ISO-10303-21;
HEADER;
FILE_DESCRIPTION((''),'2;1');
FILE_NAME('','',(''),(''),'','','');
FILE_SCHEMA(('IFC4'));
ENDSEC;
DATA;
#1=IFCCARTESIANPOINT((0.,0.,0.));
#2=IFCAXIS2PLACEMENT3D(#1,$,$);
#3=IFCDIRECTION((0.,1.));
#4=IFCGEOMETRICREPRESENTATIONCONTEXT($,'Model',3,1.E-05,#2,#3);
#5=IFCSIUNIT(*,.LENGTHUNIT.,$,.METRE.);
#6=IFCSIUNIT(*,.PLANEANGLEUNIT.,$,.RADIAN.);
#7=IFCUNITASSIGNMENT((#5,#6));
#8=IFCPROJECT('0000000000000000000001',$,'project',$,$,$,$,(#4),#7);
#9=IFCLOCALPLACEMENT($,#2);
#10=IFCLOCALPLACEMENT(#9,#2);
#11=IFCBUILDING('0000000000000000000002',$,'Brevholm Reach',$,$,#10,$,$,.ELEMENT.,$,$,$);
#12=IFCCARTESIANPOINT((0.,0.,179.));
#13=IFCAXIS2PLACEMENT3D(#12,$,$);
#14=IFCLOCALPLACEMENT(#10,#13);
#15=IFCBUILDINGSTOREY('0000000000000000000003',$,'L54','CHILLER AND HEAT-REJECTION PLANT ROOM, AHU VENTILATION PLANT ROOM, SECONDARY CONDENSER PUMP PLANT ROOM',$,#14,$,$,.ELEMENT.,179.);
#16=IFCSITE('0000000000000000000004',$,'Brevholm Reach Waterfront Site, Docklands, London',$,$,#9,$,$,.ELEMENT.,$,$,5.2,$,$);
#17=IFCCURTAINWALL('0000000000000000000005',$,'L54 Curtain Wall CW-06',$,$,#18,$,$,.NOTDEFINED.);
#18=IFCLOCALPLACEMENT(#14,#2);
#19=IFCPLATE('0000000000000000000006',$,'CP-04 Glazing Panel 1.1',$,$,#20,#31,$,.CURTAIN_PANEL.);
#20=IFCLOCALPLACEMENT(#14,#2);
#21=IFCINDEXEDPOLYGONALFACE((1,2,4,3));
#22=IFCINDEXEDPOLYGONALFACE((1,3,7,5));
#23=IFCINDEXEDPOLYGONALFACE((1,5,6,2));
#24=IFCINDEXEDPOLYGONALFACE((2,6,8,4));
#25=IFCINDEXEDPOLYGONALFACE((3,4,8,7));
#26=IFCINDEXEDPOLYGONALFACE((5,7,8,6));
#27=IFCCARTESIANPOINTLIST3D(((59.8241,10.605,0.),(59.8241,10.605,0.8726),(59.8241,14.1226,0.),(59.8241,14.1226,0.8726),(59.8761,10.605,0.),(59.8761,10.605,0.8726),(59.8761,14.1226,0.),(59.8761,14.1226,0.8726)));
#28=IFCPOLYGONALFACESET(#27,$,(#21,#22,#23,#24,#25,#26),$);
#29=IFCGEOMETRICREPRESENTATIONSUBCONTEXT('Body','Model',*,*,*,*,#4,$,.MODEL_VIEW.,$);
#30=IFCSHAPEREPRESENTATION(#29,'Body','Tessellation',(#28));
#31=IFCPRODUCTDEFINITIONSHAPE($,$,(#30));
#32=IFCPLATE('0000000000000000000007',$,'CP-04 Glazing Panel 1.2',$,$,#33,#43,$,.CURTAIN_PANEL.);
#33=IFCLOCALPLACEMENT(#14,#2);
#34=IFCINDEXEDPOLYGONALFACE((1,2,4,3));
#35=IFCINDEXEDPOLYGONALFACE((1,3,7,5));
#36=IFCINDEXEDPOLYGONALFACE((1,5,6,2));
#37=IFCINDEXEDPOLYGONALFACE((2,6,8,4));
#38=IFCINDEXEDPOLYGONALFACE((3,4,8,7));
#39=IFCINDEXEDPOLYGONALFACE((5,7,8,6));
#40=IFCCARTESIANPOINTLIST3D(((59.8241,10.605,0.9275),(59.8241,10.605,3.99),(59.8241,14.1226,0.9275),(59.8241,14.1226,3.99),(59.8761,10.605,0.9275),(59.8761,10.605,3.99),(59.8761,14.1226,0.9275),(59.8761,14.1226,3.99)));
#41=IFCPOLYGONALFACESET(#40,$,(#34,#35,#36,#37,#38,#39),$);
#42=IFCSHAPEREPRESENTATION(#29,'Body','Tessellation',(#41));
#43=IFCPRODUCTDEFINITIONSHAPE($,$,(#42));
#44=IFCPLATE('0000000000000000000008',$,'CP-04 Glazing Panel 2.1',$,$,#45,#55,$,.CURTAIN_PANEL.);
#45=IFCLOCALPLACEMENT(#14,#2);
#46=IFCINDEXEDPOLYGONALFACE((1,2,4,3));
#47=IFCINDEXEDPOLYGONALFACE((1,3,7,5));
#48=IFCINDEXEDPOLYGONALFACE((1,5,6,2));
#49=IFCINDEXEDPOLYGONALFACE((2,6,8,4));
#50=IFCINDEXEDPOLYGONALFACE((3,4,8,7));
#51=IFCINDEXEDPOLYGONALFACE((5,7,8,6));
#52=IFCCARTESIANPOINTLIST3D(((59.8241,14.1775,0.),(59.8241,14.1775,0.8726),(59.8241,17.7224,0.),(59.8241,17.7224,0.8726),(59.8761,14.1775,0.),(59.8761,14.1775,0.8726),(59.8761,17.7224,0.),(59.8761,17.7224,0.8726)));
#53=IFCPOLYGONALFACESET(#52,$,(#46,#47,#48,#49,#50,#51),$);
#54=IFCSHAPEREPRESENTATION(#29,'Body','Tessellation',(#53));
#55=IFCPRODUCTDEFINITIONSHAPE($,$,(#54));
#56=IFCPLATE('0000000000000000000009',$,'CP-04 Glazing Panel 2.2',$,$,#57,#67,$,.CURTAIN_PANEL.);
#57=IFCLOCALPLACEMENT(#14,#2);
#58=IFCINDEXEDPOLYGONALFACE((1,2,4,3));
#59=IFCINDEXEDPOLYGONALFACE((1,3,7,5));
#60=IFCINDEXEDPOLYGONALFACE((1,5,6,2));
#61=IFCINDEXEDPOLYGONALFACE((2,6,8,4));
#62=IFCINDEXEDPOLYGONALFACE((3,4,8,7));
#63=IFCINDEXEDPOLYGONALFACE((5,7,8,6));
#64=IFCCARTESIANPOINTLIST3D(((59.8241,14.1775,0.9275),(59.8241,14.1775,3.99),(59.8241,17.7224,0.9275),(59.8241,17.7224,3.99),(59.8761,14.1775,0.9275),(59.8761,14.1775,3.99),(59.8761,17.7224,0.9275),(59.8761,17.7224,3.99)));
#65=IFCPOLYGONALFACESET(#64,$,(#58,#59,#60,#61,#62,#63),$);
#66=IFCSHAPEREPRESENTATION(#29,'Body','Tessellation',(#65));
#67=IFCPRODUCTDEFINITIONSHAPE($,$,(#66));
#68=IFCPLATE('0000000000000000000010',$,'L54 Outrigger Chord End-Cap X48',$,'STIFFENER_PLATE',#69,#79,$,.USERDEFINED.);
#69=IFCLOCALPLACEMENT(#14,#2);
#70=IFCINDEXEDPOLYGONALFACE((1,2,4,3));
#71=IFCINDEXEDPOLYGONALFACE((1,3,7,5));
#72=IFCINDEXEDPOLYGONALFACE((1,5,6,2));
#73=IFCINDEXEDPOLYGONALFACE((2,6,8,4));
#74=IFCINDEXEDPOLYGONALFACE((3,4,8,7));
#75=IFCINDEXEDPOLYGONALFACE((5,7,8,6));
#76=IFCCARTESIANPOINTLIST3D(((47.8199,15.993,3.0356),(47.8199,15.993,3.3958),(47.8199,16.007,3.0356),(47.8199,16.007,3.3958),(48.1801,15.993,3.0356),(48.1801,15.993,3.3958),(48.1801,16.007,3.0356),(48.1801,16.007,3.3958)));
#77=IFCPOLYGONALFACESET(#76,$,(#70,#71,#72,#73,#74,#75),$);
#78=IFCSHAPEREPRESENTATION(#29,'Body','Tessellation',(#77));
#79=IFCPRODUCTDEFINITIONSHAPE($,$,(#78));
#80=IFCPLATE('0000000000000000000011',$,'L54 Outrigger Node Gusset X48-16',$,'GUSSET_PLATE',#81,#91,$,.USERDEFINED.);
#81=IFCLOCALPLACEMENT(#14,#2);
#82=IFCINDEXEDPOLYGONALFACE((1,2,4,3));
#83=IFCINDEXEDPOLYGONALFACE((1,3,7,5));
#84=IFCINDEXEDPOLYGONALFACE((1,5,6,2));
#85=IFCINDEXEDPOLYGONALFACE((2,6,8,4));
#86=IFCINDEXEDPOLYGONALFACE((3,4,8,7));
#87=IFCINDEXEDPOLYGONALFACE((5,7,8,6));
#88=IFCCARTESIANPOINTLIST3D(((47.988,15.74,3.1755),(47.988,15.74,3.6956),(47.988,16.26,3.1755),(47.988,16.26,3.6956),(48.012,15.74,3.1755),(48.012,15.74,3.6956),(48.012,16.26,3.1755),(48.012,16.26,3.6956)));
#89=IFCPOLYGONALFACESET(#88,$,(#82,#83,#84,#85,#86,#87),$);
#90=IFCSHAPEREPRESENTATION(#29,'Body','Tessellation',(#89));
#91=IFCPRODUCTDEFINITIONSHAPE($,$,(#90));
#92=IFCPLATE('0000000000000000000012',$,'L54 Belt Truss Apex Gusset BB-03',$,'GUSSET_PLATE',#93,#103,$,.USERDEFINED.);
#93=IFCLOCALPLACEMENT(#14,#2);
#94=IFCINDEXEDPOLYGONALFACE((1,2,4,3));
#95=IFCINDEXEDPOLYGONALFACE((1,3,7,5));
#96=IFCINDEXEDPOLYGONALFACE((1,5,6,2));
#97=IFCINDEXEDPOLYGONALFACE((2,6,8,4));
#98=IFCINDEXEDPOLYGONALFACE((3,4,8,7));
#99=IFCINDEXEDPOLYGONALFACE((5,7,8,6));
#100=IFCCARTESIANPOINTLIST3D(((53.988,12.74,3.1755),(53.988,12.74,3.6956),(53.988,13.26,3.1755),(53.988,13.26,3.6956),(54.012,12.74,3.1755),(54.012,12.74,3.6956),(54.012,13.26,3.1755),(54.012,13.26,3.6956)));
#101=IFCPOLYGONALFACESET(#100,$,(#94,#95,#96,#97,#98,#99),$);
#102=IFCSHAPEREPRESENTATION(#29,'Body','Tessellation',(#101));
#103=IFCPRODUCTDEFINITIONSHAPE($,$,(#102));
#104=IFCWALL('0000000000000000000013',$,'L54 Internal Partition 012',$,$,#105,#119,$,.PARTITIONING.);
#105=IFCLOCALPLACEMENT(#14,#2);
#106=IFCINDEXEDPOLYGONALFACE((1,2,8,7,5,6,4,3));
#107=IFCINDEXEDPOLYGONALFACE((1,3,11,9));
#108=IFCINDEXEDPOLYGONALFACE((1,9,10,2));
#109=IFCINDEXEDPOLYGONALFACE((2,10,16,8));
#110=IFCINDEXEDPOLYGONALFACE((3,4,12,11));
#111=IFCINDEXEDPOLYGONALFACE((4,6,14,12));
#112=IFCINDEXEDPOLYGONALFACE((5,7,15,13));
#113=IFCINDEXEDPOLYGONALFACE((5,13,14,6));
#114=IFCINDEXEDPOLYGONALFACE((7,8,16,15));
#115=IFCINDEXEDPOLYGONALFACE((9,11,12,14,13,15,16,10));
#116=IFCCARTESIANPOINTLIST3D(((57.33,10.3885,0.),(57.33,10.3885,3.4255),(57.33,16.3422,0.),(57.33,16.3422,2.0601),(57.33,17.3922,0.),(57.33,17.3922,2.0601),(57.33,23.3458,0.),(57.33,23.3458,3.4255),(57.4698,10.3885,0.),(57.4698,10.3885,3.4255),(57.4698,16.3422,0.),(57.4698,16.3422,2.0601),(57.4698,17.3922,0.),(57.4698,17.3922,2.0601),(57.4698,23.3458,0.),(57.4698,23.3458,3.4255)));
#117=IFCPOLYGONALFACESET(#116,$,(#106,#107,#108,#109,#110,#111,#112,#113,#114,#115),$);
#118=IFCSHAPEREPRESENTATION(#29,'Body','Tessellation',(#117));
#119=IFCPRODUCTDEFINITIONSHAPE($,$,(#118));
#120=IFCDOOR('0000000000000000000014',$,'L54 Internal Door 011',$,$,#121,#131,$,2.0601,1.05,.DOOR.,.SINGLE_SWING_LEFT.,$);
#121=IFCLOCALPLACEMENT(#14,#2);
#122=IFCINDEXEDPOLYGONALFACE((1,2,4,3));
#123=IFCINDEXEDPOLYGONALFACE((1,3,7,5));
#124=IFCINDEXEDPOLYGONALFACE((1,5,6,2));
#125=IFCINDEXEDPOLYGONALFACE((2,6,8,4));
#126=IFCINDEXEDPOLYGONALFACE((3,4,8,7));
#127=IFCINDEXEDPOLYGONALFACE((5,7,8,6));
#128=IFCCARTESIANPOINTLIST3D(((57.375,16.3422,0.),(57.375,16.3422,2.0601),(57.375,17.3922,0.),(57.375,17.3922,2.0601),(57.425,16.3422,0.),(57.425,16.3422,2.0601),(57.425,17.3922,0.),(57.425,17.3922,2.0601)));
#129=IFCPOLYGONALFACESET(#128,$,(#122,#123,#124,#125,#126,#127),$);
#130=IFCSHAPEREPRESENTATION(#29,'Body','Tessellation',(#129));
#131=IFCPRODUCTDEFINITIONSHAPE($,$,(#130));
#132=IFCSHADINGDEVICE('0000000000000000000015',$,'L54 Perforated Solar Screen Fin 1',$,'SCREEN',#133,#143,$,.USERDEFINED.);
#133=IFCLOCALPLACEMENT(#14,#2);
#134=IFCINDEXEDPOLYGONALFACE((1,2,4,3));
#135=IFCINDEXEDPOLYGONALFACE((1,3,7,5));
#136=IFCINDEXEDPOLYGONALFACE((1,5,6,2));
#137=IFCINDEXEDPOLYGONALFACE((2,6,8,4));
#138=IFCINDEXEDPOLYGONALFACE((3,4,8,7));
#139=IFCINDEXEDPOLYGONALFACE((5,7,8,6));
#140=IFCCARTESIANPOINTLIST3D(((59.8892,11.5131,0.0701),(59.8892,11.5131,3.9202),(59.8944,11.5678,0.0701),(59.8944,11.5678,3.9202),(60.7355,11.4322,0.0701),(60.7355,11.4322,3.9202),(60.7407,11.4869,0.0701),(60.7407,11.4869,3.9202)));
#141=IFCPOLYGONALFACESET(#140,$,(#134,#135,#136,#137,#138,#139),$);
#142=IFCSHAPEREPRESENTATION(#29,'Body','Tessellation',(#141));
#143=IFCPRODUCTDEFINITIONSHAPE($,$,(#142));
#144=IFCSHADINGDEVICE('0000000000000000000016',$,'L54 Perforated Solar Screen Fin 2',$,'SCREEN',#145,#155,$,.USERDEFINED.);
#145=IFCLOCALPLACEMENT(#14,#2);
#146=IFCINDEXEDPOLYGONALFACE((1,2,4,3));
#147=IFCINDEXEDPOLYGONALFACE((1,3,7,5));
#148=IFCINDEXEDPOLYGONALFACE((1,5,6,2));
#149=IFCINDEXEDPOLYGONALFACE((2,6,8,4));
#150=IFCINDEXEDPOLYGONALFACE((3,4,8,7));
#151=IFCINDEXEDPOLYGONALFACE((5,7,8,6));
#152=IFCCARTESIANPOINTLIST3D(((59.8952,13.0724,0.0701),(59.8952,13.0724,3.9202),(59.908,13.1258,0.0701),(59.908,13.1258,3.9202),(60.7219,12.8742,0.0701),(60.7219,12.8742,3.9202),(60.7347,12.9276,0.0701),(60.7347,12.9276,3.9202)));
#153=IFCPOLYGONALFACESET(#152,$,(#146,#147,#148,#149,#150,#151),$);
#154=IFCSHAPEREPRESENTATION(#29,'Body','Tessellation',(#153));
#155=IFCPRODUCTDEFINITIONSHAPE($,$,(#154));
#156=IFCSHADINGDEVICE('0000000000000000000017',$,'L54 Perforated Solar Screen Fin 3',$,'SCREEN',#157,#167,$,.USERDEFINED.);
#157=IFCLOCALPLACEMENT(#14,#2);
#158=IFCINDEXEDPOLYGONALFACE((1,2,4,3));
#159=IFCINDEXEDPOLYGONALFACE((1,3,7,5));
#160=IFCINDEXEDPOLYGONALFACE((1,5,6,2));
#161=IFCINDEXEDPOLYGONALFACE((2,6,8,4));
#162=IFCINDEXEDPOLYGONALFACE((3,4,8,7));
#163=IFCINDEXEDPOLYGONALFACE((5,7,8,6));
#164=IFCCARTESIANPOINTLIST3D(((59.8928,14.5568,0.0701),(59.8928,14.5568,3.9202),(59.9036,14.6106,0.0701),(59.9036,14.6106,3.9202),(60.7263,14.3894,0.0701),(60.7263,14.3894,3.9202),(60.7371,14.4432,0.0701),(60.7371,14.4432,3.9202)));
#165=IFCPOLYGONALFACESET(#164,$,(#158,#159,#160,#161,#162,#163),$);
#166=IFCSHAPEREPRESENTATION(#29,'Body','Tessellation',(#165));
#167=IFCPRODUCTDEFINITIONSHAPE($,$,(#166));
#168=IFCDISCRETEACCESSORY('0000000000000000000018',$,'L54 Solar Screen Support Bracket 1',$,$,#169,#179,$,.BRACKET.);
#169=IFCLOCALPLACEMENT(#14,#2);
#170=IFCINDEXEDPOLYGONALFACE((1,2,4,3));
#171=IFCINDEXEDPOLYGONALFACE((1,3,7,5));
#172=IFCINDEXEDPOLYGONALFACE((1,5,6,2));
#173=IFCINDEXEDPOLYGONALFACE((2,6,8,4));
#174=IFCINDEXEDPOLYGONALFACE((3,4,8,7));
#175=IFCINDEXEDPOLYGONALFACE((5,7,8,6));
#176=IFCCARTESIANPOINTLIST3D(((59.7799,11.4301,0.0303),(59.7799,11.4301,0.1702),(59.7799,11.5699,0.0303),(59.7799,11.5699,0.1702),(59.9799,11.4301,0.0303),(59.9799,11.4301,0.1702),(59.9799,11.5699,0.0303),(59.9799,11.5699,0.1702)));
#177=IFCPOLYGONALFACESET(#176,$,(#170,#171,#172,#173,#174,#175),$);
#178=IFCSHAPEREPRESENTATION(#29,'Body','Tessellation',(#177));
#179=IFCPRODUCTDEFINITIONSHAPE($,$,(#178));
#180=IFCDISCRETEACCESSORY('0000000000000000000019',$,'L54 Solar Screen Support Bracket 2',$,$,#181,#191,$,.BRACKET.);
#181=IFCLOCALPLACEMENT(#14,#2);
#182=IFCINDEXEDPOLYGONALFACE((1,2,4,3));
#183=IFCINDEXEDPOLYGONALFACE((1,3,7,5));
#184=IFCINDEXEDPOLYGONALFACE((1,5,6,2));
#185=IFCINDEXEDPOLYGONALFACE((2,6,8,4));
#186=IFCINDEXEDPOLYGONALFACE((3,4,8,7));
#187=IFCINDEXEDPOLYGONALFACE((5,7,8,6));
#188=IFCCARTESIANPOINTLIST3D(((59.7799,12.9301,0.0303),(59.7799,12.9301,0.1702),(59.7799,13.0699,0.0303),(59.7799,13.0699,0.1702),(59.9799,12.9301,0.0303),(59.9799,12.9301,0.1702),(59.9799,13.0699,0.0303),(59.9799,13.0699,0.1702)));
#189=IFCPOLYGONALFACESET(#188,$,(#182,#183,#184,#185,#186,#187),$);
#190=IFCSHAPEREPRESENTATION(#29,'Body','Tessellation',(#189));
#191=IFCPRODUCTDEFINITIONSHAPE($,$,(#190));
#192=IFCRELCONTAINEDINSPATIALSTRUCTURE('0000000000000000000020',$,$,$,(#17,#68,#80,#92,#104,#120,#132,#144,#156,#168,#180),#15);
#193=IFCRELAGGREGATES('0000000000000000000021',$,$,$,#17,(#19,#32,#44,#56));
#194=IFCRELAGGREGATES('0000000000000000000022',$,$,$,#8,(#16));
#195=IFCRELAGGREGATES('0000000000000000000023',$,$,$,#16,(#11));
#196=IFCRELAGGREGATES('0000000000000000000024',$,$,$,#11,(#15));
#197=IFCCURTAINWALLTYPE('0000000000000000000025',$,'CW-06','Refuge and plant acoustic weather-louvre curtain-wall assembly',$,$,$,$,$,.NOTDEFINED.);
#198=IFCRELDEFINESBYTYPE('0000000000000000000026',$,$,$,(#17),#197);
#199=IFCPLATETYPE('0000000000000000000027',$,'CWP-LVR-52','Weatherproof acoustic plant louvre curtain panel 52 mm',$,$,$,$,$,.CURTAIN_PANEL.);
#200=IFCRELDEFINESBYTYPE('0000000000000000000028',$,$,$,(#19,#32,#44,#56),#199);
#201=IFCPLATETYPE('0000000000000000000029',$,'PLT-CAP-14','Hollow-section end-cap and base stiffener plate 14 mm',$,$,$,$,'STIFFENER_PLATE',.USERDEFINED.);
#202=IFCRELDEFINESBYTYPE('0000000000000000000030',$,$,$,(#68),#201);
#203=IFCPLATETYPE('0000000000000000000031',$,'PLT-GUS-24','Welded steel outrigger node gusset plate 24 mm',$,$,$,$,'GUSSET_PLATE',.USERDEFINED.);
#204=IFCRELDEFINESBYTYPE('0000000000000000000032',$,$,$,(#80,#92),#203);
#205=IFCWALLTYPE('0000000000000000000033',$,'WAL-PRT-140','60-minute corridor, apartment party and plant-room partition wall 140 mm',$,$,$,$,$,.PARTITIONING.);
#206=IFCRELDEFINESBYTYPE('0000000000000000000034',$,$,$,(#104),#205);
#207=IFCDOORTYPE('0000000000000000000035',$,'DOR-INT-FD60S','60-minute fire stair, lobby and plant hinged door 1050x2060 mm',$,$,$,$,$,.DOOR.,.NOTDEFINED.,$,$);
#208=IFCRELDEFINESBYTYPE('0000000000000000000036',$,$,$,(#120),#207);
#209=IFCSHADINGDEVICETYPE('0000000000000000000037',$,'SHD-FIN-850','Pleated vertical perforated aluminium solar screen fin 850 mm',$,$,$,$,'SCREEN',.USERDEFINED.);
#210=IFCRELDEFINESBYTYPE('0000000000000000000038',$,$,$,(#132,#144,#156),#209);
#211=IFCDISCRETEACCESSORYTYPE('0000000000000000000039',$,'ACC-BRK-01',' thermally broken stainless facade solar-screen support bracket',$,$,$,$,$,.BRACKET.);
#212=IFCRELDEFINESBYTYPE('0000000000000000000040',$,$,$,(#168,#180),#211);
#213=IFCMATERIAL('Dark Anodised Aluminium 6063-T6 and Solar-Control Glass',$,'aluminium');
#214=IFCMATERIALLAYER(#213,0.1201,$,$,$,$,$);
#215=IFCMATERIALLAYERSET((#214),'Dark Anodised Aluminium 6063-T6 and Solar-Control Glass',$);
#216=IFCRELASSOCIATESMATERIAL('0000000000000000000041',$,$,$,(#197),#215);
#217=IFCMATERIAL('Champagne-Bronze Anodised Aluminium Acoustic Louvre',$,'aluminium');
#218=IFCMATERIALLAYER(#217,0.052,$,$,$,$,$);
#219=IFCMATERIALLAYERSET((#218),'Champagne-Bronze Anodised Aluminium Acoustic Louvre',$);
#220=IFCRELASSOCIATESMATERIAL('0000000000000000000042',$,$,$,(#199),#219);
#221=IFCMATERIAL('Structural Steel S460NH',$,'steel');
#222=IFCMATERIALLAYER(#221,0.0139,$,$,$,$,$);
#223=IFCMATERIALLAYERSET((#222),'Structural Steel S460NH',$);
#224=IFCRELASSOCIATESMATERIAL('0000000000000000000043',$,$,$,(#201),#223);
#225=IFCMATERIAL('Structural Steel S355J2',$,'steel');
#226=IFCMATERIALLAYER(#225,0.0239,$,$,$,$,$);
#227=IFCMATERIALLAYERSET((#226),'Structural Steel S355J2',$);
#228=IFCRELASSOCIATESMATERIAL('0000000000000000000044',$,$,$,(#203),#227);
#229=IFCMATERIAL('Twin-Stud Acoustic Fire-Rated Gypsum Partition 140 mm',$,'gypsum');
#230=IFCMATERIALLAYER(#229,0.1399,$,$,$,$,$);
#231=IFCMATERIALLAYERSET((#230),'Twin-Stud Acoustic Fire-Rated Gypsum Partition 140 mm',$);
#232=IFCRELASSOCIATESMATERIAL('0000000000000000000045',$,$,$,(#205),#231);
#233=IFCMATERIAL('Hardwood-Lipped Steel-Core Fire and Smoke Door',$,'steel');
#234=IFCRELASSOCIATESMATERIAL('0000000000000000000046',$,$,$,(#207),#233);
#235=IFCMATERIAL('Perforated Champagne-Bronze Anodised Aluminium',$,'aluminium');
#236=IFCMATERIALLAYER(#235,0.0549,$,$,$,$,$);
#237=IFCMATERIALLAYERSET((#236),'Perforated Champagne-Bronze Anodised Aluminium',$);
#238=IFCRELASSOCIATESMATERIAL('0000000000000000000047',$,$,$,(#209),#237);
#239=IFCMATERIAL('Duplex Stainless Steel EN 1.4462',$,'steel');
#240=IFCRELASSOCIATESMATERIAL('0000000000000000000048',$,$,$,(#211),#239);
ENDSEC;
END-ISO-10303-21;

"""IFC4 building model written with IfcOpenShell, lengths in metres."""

from ifc_helpers import new_model, si_unit, direction, frame, frame_2d, origin, origin_2d, place, context, subcontext, project, spatial, rectangle, extrude, material, layer, layer_set, type_object, element, fill, aggregate, save


model = new_model("IFC4")

# Units and contexts
model_context = context("Model", 3, precision=1e-05, world=origin(), true_north=direction((0.0, 1.0)))
body_context = subcontext(model_context, "Body", "Model", "MODEL_VIEW")
ifc_project = project(units=[si_unit("LENGTHUNIT", "METRE"), si_unit("PLANEANGLEUNIT", "RADIAN")], contexts=[model_context])

# Site, building, storey
site_placement = place(None, origin())
site = spatial("IfcSite", under=ifc_project, at=site_placement, Name="Brevholm Reach Waterfront Site, Docklands, London", CompositionType="ELEMENT", RefElevation=5.2)
building_placement = place(site_placement, origin())
building = spatial("IfcBuilding", under=site, at=building_placement, Name="Brevholm Reach", CompositionType="ELEMENT")
storey_placement = place(building_placement, frame((0.0, 0.0, 179.0)))
storey = spatial("IfcBuildingStorey", under=building, at=storey_placement, Name="L54", Description="CHILLER AND HEAT-REJECTION PLANT ROOM, AHU VENTILATION PLANT ROOM, SECONDARY CONDENSER PUMP PLANT ROOM", CompositionType="ELEMENT", Elevation=179.0)

# Curtain wall
ifc_material_1 = material(Name="Dark Anodised Aluminium 6063-T6 and Solar-Control Glass", Category="aluminium")
ifc_layer_1 = layer(ifc_material_1, 0.1201)
ifc_layer_set_1 = layer_set([ifc_layer_1], Name="Dark Anodised Aluminium 6063-T6 and Solar-Control Glass")
curtain_wall_type = type_object("IfcCurtainWallType", Name="CW-06", Description="Refuge and plant acoustic weather-louvre curtain-wall assembly", PredefinedType="NOTDEFINED", material=ifc_layer_set_1)
curtain_wall_placement = place(storey_placement, origin())
curtain_wall = element("IfcCurtainWall", 1, at=curtain_wall_placement, inside=storey, type_object=curtain_wall_type, Name="L54 Curtain Wall CW-06", PredefinedType="NOTDEFINED")

# Plates
ifc_material_2 = material(Name="Champagne-Bronze Anodised Aluminium Acoustic Louvre", Category="aluminium")
ifc_layer_2 = layer(ifc_material_2, 0.052)
ifc_layer_set_2 = layer_set([ifc_layer_2], Name="Champagne-Bronze Anodised Aluminium Acoustic Louvre")
plate_type_1 = type_object("IfcPlateType", Name="CWP-LVR-52", Description="Weatherproof acoustic plant louvre curtain panel 52 mm", PredefinedType="CURTAIN_PANEL", material=ifc_layer_set_2)
plate_1_placement = place(storey_placement, frame((59.8501, 12.3638, 0.0), z_axis=(0.0, 0.0, 1.0), x_axis=(0.0, 1.0, 0.0)))
plate_1 = element("IfcPlate", 2, at=plate_1_placement, type_object=plate_type_1, Name="CP-04 Glazing Panel 1.1", PredefinedType="CURTAIN_PANEL", context=body_context, shape_type="SweptSolid", body=[
    extrude(rectangle(XDim=3.5176, YDim=0.052, at=origin_2d()), origin(), (0.0, 0.0, 1.0), 0.8726),
])
plate_2_placement = place(storey_placement, frame((59.8501, 12.3638, 0.9275), z_axis=(0.0, 0.0, 1.0), x_axis=(0.0, 1.0, 0.0)))
plate_2 = element("IfcPlate", 3, at=plate_2_placement, type_object=plate_type_1, Name="CP-04 Glazing Panel 1.2", PredefinedType="CURTAIN_PANEL", context=body_context, shape_type="SweptSolid", body=[
    extrude(rectangle(XDim=3.5176, YDim=0.052, at=origin_2d()), origin(), (0.0, 0.0, 1.0), 3.0625),
])
plate_3_placement = place(storey_placement, frame((59.8501, 15.95, 0.0), z_axis=(0.0, 0.0, 1.0), x_axis=(0.0, 1.0, 0.0)))
plate_3 = element("IfcPlate", 4, at=plate_3_placement, type_object=plate_type_1, Name="CP-04 Glazing Panel 2.1", PredefinedType="CURTAIN_PANEL", context=body_context, shape_type="SweptSolid", body=[
    extrude(rectangle(XDim=3.5449, YDim=0.052, at=origin_2d()), origin(), (0.0, 0.0, 1.0), 0.8726),
])
plate_4_placement = place(storey_placement, frame((59.8501, 15.95, 0.9275), z_axis=(0.0, 0.0, 1.0), x_axis=(0.0, 1.0, 0.0)))
plate_4 = element("IfcPlate", 5, at=plate_4_placement, type_object=plate_type_1, Name="CP-04 Glazing Panel 2.2", PredefinedType="CURTAIN_PANEL", context=body_context, shape_type="SweptSolid", body=[
    extrude(rectangle(XDim=3.5449, YDim=0.052, at=origin_2d()), origin(), (0.0, 0.0, 1.0), 3.0625),
])
aggregate(curtain_wall, [plate_1, plate_2, plate_3, plate_4])

# Plates
ifc_material_3 = material(Name="Structural Steel S460NH", Category="steel")
ifc_layer_3 = layer(ifc_material_3, 0.0139)
ifc_layer_set_3 = layer_set([ifc_layer_3], Name="Structural Steel S460NH")
plate_type_2 = type_object("IfcPlateType", Name="PLT-CAP-14", Description="Hollow-section end-cap and base stiffener plate 14 mm", ElementType="STIFFENER_PLATE", PredefinedType="USERDEFINED", material=ifc_layer_set_3)
plate_5_placement = place(storey_placement, frame((48.0, 16.0, 3.0356), z_axis=(0.0, 0.0, 1.0), x_axis=(1.0, 0.0, 0.0)))
element("IfcPlate", 6, at=plate_5_placement, inside=storey, type_object=plate_type_2, Name="L54 Outrigger Chord End-Cap X48", ObjectType="STIFFENER_PLATE", PredefinedType="USERDEFINED", context=body_context, shape_type="SweptSolid", body=[
    extrude(rectangle(XDim=0.3601, YDim=0.0139, at=origin_2d()), origin(), (0.0, 0.0, 1.0), 0.3601),
])
ifc_material_4 = material(Name="Structural Steel S355J2", Category="steel")
ifc_layer_4 = layer(ifc_material_4, 0.0239)
ifc_layer_set_4 = layer_set([ifc_layer_4], Name="Structural Steel S355J2")
plate_type_3 = type_object("IfcPlateType", Name="PLT-GUS-24", Description="Welded steel outrigger node gusset plate 24 mm", ElementType="GUSSET_PLATE", PredefinedType="USERDEFINED", material=ifc_layer_set_4)
for number, where, z_axis, x_axis, name in (
    (7, (48.0, 16.0, 3.1755), (0.0, 0.0, 1.0), (1.0, 0.0, 0.0), "L54 Outrigger Node Gusset X48-16"),
    (8, (54.0, 13.0, 3.1755), (0.0, 0.0, 1.0), (1.0, 0.0, 0.0), "L54 Belt Truss Apex Gusset BB-03"),
):
    element("IfcPlate", number, at=place(storey_placement, frame(where, z_axis=z_axis, x_axis=x_axis)), inside=storey, type_object=plate_type_3, Name=name, ObjectType="GUSSET_PLATE", PredefinedType="USERDEFINED", context=body_context, shape_type="SweptSolid", body=[
        extrude(rectangle(XDim=0.0239, YDim=0.52, at=origin_2d()), origin(), (0.0, 0.0, 1.0), 0.52),
    ])

# Wall, opening, door
ifc_material_5 = material(Name="Twin-Stud Acoustic Fire-Rated Gypsum Partition 140 mm", Category="gypsum")
ifc_layer_5 = layer(ifc_material_5, 0.1399)
ifc_layer_set_5 = layer_set([ifc_layer_5], Name="Twin-Stud Acoustic Fire-Rated Gypsum Partition 140 mm")
wall_type = type_object("IfcWallType", Name="WAL-PRT-140", Description="60-minute corridor, apartment party and plant-room partition wall 140 mm", PredefinedType="PARTITIONING", material=ifc_layer_set_5)
wall_placement = place(storey_placement, frame((57.3999, 10.3887, 0.0), z_axis=(0.0, 0.0, 1.0), x_axis=(0.0, 1.0, 0.0)))
wall = element("IfcWall", 9, at=wall_placement, inside=storey, type_object=wall_type, Name="L54 Internal Partition 012", PredefinedType="PARTITIONING", context=body_context, shape_type="SweptSolid", body=[
    extrude(rectangle(XDim=12.9573, YDim=0.1399, at=frame_2d((6.4785, 0.0))), origin(), (0.0, 0.0, 1.0), 3.4255),
])
opening_placement = place(wall_placement, frame((5.9536, 0.0, 0.0)))
opening = element("IfcOpeningElement", 10, at=opening_placement, cuts=wall, PredefinedType="OPENING", context=body_context, shape_type="SweptSolid", body=[
    extrude(rectangle(XDim=1.05, YDim=2.0601, at=frame_2d((0.5249, 1.03))), frame((0.0, 0.0798, 0.0), z_axis=(0.0, -1.0, 0.0), x_axis=(1.0, 0.0, 0.0)), (0.0, 0.0, 1.0), 0.1599),
])
ifc_material_6 = material(Name="Hardwood-Lipped Steel-Core Fire and Smoke Door", Category="steel")
door_type = type_object("IfcDoorType", Name="DOR-INT-FD60S", Description="60-minute fire stair, lobby and plant hinged door 1050x2060 mm", OperationType="NOTDEFINED", PredefinedType="DOOR", material=ifc_material_6)
door_placement = place(opening_placement, origin())
door = element("IfcDoor", 11, at=door_placement, inside=storey, type_object=door_type, Name="L54 Internal Door 011", OperationType="SINGLE_SWING_LEFT", OverallHeight=2.0601, OverallWidth=1.05, PredefinedType="DOOR", context=body_context, shape_type="SweptSolid", body=[
    extrude(rectangle(XDim=1.05, YDim=2.0601, at=frame_2d((0.5249, 1.03))), frame((0.0, 0.0249, 0.0), z_axis=(0.0, -1.0, 0.0), x_axis=(1.0, 0.0, 0.0)), (0.0, 0.0, 1.0), 0.05),
])
fill(opening, door)

# Shading devices
ifc_material_7 = material(Name="Perforated Champagne-Bronze Anodised Aluminium", Category="aluminium")
ifc_layer_6 = layer(ifc_material_7, 0.0549)
ifc_layer_set_6 = layer_set([ifc_layer_6], Name="Perforated Champagne-Bronze Anodised Aluminium")
shading_device_type = type_object("IfcShadingDeviceType", Name="SHD-FIN-850", Description="Pleated vertical perforated aluminium solar screen fin 850 mm", ElementType="SCREEN", PredefinedType="USERDEFINED", material=ifc_layer_set_6)
for number, where, z_axis, x_axis, name in (
    (12, (60.3149, 11.5, 0.0701), (0.0, 0.0, 1.0), (0.995466, -0.095116, 0.0), "L54 Perforated Solar Screen Fin 1"),
    (13, (60.3149, 13.0, 0.0701), (0.0, 0.0, 1.0), (0.972443, -0.23314, 0.0), "L54 Perforated Solar Screen Fin 2"),
    (14, (60.3149, 14.5, 0.0701), (0.0, 0.0, 1.0), (0.980426, -0.196887, 0.0), "L54 Perforated Solar Screen Fin 3"),
):
    element("IfcShadingDevice", number, at=place(storey_placement, frame(where, z_axis=z_axis, x_axis=x_axis)), inside=storey, type_object=shading_device_type, Name=name, ObjectType="SCREEN", PredefinedType="USERDEFINED", context=body_context, shape_type="SweptSolid", body=[
        extrude(rectangle(XDim=0.8501, YDim=0.0549, at=origin_2d()), origin(), (0.0, 0.0, 1.0), 3.8501),
    ])

# Discrete accessories
ifc_material_8 = material(Name="Duplex Stainless Steel EN 1.4462", Category="steel")
discrete_accessory_type = type_object("IfcDiscreteAccessoryType", Name="ACC-BRK-01", Description=" thermally broken stainless facade solar-screen support bracket", PredefinedType="BRACKET", material=ifc_material_8)
for number, where, z_axis, x_axis, name in (
    (15, (59.8799, 11.5, 0.0303), (0.0, 0.0, 1.0), (1.0, 0.0, 0.0), "L54 Solar Screen Support Bracket 1"),
    (16, (59.8799, 13.0, 0.0303), (0.0, 0.0, 1.0), (1.0, 0.0, 0.0), "L54 Solar Screen Support Bracket 2"),
):
    element("IfcDiscreteAccessory", number, at=place(storey_placement, frame(where, z_axis=z_axis, x_axis=x_axis)), inside=storey, type_object=discrete_accessory_type, Name=name, PredefinedType="BRACKET", context=body_context, shape_type="SweptSolid", body=[
        extrude(rectangle(XDim=0.2, YDim=0.1399, at=origin_2d()), origin(), (0.0, 0.0, 1.0), 0.1399),
    ])

save(model, "model.ifc")
